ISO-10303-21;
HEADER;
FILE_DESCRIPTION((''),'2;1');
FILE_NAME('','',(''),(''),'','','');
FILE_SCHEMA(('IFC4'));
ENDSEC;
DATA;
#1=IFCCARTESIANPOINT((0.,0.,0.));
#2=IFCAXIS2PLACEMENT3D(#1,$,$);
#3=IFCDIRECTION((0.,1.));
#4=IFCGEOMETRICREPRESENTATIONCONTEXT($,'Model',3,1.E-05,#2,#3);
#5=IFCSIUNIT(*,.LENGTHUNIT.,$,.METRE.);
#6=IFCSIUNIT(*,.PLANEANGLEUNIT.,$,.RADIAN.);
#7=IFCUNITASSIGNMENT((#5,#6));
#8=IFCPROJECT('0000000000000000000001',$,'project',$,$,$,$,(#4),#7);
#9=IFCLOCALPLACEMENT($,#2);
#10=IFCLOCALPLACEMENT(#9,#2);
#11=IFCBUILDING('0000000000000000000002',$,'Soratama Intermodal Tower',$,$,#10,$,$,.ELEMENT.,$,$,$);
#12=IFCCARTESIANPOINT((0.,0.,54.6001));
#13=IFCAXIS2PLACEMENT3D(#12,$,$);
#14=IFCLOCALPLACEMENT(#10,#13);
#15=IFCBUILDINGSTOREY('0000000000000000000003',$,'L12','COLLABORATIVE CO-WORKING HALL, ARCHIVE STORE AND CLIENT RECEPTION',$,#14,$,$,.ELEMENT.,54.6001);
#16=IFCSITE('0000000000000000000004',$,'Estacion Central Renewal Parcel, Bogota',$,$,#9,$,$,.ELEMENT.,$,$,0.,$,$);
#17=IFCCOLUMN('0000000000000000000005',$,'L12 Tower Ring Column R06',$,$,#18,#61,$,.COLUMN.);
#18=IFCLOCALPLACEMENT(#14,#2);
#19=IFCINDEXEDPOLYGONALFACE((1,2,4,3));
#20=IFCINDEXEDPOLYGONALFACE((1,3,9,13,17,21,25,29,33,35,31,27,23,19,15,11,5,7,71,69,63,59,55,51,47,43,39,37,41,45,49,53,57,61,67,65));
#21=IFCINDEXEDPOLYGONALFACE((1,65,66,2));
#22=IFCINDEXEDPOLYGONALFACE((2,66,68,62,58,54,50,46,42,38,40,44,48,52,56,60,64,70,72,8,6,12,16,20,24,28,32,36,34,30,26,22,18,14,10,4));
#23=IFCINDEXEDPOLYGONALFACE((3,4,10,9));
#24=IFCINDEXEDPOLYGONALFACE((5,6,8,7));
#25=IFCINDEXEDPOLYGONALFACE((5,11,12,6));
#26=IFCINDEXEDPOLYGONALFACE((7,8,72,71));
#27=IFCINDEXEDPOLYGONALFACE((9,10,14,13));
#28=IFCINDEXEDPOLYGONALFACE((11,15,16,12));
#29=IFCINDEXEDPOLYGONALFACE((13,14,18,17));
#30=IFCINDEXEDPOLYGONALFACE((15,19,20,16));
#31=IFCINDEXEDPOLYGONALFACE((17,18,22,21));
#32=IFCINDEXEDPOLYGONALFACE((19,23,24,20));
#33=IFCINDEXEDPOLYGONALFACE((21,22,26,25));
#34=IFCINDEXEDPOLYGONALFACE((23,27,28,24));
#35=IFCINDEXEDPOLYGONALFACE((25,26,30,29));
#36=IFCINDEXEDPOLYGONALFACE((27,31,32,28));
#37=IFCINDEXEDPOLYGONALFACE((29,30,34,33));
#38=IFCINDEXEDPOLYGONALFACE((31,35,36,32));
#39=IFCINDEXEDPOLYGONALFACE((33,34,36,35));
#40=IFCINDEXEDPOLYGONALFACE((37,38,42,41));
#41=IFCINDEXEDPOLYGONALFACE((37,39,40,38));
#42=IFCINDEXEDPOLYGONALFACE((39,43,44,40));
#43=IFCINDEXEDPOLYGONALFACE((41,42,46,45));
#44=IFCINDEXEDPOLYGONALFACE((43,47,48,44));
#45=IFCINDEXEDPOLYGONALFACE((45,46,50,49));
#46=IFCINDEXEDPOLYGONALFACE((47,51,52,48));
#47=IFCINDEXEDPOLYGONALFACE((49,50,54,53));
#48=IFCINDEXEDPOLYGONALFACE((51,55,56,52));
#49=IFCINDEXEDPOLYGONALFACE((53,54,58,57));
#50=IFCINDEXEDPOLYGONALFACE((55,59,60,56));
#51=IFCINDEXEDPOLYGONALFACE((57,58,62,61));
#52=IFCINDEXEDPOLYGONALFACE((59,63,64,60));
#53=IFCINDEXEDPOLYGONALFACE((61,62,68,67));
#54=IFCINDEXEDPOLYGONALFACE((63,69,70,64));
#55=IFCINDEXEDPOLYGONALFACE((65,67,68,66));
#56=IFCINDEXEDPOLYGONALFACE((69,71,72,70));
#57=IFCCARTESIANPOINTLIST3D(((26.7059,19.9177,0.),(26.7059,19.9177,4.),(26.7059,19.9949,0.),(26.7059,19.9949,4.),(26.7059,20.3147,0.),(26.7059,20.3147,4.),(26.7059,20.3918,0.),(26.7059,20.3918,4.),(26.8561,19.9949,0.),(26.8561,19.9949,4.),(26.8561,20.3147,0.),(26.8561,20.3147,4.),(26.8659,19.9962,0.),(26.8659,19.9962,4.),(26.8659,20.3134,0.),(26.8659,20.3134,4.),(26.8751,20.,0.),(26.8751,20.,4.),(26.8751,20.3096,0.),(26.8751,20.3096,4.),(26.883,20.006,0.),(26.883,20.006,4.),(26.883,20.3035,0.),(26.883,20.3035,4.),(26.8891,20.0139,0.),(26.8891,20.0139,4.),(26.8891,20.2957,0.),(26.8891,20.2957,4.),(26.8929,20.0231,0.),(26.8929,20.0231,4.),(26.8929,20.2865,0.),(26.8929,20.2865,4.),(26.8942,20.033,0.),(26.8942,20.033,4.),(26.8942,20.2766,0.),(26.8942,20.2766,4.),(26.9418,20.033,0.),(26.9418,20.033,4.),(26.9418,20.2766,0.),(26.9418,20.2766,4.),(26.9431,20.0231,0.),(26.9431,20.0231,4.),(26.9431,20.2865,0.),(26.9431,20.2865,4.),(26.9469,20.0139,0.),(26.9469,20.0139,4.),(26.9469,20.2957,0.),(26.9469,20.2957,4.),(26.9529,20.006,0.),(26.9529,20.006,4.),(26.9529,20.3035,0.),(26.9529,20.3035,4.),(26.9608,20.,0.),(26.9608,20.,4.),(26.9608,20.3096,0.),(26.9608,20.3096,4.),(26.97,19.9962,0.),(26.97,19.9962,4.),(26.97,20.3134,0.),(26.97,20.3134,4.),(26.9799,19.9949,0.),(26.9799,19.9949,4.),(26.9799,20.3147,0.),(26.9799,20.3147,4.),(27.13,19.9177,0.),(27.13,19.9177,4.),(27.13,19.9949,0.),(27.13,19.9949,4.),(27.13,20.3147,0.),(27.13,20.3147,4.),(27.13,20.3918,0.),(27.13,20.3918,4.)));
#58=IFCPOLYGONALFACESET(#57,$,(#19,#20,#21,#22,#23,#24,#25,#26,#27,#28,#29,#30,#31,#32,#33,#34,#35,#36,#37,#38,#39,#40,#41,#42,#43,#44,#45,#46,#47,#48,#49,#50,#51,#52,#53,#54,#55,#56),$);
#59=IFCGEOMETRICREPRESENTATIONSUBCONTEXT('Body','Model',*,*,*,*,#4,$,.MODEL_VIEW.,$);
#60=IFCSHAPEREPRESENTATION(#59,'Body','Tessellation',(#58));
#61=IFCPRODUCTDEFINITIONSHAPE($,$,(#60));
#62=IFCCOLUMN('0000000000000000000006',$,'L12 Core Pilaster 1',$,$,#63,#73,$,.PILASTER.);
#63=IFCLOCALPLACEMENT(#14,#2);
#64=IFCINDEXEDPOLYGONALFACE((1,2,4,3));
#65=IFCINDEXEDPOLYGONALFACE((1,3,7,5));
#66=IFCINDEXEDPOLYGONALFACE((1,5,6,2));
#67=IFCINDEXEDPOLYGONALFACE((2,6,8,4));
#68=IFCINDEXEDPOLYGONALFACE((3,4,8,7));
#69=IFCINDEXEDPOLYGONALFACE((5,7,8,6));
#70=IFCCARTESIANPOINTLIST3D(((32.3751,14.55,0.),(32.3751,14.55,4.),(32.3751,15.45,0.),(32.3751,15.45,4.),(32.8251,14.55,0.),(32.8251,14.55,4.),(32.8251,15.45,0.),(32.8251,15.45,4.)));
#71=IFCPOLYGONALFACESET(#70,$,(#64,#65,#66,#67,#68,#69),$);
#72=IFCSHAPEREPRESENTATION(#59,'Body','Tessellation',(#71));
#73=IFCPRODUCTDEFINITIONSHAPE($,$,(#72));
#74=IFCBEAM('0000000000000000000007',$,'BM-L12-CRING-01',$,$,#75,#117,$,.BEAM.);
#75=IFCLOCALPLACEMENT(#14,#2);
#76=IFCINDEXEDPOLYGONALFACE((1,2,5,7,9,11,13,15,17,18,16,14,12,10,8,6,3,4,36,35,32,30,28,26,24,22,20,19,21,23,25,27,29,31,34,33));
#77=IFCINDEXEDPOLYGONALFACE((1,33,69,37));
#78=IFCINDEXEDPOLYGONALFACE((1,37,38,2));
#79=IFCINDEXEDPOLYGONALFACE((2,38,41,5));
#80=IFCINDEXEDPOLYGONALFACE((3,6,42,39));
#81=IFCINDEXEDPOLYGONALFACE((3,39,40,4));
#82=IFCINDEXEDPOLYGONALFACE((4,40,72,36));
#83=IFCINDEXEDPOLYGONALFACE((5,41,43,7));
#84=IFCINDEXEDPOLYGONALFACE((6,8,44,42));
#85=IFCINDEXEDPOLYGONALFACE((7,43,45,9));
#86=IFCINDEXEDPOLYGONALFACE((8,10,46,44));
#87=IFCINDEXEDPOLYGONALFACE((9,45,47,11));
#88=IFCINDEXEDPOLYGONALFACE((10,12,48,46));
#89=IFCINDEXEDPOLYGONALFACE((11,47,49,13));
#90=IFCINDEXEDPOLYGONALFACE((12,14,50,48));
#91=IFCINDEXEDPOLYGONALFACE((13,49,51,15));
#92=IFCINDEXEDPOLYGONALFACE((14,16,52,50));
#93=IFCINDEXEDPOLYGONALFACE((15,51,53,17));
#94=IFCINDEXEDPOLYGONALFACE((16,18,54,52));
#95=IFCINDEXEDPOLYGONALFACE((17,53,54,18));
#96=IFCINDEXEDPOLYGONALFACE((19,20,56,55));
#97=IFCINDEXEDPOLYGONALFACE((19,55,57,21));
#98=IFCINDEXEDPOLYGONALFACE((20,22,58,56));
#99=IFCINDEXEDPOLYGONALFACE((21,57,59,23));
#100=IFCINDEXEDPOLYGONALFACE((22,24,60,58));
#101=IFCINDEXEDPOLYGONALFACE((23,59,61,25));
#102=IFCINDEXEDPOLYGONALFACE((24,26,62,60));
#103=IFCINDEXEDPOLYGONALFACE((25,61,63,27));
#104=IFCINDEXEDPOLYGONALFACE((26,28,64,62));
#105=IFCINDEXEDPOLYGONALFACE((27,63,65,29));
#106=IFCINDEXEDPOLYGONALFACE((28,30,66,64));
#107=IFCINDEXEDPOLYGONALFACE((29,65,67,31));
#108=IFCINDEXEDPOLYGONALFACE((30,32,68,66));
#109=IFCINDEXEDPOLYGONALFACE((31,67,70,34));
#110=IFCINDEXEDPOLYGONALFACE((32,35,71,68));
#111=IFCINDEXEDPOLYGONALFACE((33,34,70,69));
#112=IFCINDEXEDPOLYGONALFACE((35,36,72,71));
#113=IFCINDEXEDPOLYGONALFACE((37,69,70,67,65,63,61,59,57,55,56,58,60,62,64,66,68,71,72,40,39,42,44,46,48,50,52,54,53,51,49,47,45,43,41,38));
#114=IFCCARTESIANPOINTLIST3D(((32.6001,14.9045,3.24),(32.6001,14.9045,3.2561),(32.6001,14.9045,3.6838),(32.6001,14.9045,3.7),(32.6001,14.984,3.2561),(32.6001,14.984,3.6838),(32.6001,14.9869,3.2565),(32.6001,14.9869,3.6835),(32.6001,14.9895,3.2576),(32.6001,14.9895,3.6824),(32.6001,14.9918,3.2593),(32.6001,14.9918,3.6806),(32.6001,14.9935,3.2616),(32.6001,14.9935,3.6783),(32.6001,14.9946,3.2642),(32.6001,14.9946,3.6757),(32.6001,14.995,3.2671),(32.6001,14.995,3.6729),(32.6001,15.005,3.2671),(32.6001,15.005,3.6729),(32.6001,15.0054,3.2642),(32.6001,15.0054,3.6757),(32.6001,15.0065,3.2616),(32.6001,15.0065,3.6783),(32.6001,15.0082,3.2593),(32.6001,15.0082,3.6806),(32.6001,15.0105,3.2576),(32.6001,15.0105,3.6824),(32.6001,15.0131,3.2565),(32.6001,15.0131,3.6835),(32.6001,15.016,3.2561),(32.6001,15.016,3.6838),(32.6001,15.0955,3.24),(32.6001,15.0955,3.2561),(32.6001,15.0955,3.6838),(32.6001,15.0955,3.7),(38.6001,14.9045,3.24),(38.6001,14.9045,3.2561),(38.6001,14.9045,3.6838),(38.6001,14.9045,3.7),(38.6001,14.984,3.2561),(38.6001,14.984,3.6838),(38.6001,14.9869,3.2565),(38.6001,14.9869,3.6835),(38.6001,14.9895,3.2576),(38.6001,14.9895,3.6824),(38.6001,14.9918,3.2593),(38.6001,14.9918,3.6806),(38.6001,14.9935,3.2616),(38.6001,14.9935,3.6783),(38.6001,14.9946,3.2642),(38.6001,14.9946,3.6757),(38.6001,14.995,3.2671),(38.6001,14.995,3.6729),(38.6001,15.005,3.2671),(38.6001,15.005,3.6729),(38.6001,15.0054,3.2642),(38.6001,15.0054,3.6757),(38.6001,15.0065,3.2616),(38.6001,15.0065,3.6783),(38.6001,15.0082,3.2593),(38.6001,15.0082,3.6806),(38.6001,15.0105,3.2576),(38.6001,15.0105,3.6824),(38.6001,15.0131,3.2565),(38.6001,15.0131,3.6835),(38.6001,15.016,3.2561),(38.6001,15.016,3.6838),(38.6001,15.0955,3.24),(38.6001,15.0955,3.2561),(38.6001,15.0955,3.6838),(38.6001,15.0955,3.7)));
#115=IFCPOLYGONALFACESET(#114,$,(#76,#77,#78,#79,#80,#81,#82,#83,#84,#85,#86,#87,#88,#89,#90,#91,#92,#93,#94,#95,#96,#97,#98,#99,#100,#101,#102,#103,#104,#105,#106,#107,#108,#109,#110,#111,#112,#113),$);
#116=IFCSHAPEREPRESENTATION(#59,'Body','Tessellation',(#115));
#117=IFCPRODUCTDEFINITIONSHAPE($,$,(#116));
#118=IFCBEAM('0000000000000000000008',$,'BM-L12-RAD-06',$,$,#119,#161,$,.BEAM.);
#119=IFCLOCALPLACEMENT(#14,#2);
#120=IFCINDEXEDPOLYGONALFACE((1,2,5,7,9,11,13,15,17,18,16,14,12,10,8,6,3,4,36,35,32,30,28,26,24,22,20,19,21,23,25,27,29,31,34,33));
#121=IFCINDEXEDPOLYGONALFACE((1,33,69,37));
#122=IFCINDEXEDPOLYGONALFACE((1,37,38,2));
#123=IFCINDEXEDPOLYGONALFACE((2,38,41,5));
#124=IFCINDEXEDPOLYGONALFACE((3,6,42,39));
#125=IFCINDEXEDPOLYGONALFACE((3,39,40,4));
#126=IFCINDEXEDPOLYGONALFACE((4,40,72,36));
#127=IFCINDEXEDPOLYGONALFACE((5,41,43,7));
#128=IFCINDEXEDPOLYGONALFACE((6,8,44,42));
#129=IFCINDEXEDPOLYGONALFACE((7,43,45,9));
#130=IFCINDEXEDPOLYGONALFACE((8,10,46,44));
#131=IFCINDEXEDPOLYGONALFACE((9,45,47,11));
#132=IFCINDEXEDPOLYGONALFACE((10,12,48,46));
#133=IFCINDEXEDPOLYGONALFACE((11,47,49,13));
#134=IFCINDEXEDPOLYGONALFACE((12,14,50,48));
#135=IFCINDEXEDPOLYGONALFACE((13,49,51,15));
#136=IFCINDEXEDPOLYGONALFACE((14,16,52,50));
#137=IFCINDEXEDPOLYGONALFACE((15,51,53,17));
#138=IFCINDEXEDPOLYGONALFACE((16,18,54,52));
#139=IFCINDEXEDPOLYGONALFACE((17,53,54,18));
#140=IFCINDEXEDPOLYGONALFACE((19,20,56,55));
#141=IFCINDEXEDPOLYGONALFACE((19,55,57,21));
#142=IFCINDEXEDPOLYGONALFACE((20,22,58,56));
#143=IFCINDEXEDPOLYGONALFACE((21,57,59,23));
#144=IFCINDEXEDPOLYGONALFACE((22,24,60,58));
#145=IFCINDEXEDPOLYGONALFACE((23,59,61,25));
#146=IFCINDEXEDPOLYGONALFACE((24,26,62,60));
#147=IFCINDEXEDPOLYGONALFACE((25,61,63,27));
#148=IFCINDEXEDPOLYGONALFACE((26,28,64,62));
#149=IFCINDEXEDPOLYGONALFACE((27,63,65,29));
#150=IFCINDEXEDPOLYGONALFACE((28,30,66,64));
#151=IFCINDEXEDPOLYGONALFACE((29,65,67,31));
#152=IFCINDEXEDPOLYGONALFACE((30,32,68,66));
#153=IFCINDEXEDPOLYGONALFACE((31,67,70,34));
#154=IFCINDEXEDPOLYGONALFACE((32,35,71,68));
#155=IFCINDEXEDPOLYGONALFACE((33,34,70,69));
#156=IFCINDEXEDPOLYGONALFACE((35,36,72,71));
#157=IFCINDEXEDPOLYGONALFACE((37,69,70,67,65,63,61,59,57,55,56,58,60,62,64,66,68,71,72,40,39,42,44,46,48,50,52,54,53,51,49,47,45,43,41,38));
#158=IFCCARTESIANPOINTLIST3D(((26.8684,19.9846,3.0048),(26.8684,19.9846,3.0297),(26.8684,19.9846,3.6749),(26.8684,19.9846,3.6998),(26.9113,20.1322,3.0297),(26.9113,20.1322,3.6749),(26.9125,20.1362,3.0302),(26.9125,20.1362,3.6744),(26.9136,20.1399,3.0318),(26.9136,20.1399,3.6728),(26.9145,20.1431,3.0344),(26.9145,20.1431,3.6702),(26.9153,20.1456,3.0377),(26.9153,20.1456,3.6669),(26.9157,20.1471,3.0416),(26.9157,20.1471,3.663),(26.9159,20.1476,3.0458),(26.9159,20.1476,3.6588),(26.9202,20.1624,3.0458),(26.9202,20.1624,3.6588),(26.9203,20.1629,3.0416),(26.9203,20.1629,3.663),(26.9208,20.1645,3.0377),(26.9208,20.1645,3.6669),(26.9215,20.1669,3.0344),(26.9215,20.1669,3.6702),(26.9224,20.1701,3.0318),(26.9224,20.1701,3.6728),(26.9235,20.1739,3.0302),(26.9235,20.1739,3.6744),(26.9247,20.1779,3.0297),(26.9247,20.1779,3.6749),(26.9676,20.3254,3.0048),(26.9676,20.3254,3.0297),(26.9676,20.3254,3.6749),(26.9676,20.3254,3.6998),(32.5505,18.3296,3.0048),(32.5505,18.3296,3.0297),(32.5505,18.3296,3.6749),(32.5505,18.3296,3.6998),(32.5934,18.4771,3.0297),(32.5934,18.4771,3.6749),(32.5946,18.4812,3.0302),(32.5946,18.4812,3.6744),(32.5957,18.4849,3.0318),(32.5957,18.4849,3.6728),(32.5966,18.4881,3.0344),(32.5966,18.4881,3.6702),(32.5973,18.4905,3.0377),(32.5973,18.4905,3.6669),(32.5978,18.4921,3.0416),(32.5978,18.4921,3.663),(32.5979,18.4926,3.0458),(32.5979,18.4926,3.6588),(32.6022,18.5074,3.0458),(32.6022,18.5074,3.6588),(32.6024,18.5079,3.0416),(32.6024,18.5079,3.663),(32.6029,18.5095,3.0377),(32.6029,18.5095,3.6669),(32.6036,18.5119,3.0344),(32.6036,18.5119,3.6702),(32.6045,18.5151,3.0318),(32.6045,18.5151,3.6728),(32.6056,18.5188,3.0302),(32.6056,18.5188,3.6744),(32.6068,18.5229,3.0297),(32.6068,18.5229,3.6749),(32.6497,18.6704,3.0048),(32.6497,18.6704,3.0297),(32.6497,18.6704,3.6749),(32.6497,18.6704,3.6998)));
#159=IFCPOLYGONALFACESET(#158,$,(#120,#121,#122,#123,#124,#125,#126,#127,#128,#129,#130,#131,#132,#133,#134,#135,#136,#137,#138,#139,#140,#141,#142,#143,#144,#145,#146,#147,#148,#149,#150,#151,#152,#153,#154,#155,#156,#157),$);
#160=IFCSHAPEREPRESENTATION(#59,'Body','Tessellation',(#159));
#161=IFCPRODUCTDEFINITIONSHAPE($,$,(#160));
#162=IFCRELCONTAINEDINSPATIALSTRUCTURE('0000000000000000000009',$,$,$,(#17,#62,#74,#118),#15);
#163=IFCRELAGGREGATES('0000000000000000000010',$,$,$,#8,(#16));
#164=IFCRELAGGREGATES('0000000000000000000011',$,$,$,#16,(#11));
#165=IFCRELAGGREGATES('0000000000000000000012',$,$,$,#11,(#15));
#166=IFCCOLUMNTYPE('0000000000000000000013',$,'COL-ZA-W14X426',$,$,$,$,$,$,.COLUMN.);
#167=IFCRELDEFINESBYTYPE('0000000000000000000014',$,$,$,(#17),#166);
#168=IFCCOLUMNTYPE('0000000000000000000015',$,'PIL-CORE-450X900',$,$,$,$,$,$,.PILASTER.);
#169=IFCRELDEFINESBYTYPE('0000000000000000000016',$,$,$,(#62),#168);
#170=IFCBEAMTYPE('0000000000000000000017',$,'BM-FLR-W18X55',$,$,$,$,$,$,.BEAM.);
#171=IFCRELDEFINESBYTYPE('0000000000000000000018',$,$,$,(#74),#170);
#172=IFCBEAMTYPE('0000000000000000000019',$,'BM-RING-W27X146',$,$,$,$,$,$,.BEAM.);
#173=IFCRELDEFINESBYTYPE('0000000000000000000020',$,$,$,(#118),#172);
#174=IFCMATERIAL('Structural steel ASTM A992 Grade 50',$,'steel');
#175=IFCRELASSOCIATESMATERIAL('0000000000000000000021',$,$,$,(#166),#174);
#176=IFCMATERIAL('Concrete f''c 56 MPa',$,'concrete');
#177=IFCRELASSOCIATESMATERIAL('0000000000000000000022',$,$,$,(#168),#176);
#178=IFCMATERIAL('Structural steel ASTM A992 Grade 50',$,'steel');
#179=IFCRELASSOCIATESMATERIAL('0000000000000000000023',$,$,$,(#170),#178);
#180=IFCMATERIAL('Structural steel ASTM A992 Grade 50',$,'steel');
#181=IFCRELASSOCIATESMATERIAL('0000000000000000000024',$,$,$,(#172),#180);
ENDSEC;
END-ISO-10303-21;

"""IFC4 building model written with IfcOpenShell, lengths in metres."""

from ifc_helpers import new_model, si_unit, direction, frame, origin, origin_2d, place, context, subcontext, project, spatial, rectangle, i_section, extrude, material, material_profile, profile_set, type_object, element, save


model = new_model("IFC4")

# Units and contexts
model_context = context("Model", 3, precision=1e-05, world=origin(), true_north=direction((0.0, 1.0)))
body_context = subcontext(model_context, "Body", "Model", "MODEL_VIEW")
ifc_project = project(units=[si_unit("LENGTHUNIT", "METRE"), si_unit("PLANEANGLEUNIT", "RADIAN")], contexts=[model_context])

# Site, building, storey
site_placement = place(None, origin())
site = spatial("IfcSite", under=ifc_project, at=site_placement, Name="Estacion Central Renewal Parcel, Bogota", CompositionType="ELEMENT", RefElevation=0.0)
building_placement = place(site_placement, origin())
building = spatial("IfcBuilding", under=site, at=building_placement, Name="Soratama Intermodal Tower", CompositionType="ELEMENT")
storey_placement = place(building_placement, frame((0.0, 0.0, 54.6001)))
storey = spatial("IfcBuildingStorey", under=building, at=storey_placement, Name="L12", Description="COLLABORATIVE CO-WORKING HALL, ARCHIVE STORE AND CLIENT RECEPTION", CompositionType="ELEMENT", Elevation=54.6001)

# Columns
ifc_material_1 = material(Name="Structural steel ASTM A992 Grade 50", Category="steel")
ifc_material_profile_1 = material_profile(ifc_material_1, i_section(OverallWidth=0.4241, OverallDepth=0.4741, WebThickness=0.0476, FlangeThickness=0.0771, FilletRadius=0.0381, at=origin_2d()), Name="W14X426")
ifc_profile_set_1 = profile_set([ifc_material_profile_1], Name="Structural steel ASTM A992 Grade 50")
column_type_1 = type_object("IfcColumnType", Name="COL-ZA-W14X426", PredefinedType="COLUMN", material=ifc_profile_set_1)
column_1_placement = place(storey_placement, frame((26.918, 20.1548, 0.0), z_axis=(0.0, 0.0, 1.0), x_axis=(1.0, 0.0, 0.0)))
element("IfcColumn", 1, at=column_1_placement, inside=storey, type_object=column_type_1, Name="L12 Tower Ring Column R06", PredefinedType="COLUMN", context=body_context, shape_type="SweptSolid", body=[
    extrude(i_section(OverallWidth=0.4241, OverallDepth=0.4741, WebThickness=0.0476, FlangeThickness=0.0771, FilletRadius=0.0381, at=origin_2d()), origin(), (0.0, 0.0, 1.0), 4.0),
])
ifc_material_2 = material(Name="Concrete f'c 56 MPa", Category="concrete")
ifc_material_profile_2 = material_profile(ifc_material_2, rectangle(XDim=0.45, YDim=0.8999, at=origin_2d()), Name="RC450X900")
ifc_profile_set_2 = profile_set([ifc_material_profile_2], Name="Concrete f'c 56 MPa")
column_type_2 = type_object("IfcColumnType", Name="PIL-CORE-450X900", PredefinedType="PILASTER", material=ifc_profile_set_2)
column_2_placement = place(storey_placement, frame((32.6001, 15.0, 0.0), z_axis=(0.0, 0.0, 1.0), x_axis=(1.0, 0.0, 0.0)))
element("IfcColumn", 2, at=column_2_placement, inside=storey, type_object=column_type_2, Name="L12 Core Pilaster 1", PredefinedType="PILASTER", context=body_context, shape_type="SweptSolid", body=[
    extrude(rectangle(XDim=0.45, YDim=0.8999, at=origin_2d()), origin(), (0.0, 0.0, 1.0), 4.0),
])

# Beams
ifc_material_3 = material(Name="Structural steel ASTM A992 Grade 50", Category="steel")
ifc_material_profile_3 = material_profile(ifc_material_3, i_section(OverallWidth=0.1909, OverallDepth=0.46, WebThickness=0.01, FlangeThickness=0.0161, FilletRadius=0.011, at=origin_2d()), Name="W18X55")
ifc_profile_set_3 = profile_set([ifc_material_profile_3], Name="Structural steel ASTM A992 Grade 50")
beam_type_1 = type_object("IfcBeamType", Name="BM-FLR-W18X55", PredefinedType="BEAM", material=ifc_profile_set_3)
beam_1_placement = place(storey_placement, frame((32.6001, 15.0, 3.47), z_axis=(1.0, 0.0, 0.0), x_axis=(0.0, 1.0, 0.0)))
element("IfcBeam", 3, at=beam_1_placement, inside=storey, type_object=beam_type_1, Name="BM-L12-CRING-01", PredefinedType="BEAM", context=body_context, shape_type="SweptSolid", body=[
    extrude(i_section(OverallWidth=0.1909, OverallDepth=0.46, WebThickness=0.01, FlangeThickness=0.0161, FilletRadius=0.011, at=origin_2d()), origin(), (0.0, 0.0, 1.0), 6.0),
])
ifc_material_4 = material(Name="Structural steel ASTM A992 Grade 50", Category="steel")
ifc_material_profile_4 = material_profile(ifc_material_4, i_section(OverallWidth=0.355, OverallDepth=0.6951, WebThickness=0.0154, FlangeThickness=0.0249, FilletRadius=0.0161, at=origin_2d()), Name="W27X146")
ifc_profile_set_4 = profile_set([ifc_material_profile_4], Name="Structural steel ASTM A992 Grade 50")
beam_type_2 = type_object("IfcBeamType", Name="BM-RING-W27X146", PredefinedType="BEAM", material=ifc_profile_set_4)
beam_2_placement = place(storey_placement, frame((32.6001, 18.5, 3.3523), z_axis=(-0.960103, 0.279648, 0.0), x_axis=(-0.279648, -0.960103, 0.0)))
element("IfcBeam", 4, at=beam_2_placement, inside=storey, type_object=beam_type_2, Name="BM-L12-RAD-06", PredefinedType="BEAM", context=body_context, shape_type="SweptSolid", body=[
    extrude(i_section(OverallWidth=0.355, OverallDepth=0.6951, WebThickness=0.0154, FlangeThickness=0.0249, FilletRadius=0.0161, at=origin_2d()), origin(), (0.0, 0.0, 1.0), 5.9182),
])

save(model, "model.ifc")
